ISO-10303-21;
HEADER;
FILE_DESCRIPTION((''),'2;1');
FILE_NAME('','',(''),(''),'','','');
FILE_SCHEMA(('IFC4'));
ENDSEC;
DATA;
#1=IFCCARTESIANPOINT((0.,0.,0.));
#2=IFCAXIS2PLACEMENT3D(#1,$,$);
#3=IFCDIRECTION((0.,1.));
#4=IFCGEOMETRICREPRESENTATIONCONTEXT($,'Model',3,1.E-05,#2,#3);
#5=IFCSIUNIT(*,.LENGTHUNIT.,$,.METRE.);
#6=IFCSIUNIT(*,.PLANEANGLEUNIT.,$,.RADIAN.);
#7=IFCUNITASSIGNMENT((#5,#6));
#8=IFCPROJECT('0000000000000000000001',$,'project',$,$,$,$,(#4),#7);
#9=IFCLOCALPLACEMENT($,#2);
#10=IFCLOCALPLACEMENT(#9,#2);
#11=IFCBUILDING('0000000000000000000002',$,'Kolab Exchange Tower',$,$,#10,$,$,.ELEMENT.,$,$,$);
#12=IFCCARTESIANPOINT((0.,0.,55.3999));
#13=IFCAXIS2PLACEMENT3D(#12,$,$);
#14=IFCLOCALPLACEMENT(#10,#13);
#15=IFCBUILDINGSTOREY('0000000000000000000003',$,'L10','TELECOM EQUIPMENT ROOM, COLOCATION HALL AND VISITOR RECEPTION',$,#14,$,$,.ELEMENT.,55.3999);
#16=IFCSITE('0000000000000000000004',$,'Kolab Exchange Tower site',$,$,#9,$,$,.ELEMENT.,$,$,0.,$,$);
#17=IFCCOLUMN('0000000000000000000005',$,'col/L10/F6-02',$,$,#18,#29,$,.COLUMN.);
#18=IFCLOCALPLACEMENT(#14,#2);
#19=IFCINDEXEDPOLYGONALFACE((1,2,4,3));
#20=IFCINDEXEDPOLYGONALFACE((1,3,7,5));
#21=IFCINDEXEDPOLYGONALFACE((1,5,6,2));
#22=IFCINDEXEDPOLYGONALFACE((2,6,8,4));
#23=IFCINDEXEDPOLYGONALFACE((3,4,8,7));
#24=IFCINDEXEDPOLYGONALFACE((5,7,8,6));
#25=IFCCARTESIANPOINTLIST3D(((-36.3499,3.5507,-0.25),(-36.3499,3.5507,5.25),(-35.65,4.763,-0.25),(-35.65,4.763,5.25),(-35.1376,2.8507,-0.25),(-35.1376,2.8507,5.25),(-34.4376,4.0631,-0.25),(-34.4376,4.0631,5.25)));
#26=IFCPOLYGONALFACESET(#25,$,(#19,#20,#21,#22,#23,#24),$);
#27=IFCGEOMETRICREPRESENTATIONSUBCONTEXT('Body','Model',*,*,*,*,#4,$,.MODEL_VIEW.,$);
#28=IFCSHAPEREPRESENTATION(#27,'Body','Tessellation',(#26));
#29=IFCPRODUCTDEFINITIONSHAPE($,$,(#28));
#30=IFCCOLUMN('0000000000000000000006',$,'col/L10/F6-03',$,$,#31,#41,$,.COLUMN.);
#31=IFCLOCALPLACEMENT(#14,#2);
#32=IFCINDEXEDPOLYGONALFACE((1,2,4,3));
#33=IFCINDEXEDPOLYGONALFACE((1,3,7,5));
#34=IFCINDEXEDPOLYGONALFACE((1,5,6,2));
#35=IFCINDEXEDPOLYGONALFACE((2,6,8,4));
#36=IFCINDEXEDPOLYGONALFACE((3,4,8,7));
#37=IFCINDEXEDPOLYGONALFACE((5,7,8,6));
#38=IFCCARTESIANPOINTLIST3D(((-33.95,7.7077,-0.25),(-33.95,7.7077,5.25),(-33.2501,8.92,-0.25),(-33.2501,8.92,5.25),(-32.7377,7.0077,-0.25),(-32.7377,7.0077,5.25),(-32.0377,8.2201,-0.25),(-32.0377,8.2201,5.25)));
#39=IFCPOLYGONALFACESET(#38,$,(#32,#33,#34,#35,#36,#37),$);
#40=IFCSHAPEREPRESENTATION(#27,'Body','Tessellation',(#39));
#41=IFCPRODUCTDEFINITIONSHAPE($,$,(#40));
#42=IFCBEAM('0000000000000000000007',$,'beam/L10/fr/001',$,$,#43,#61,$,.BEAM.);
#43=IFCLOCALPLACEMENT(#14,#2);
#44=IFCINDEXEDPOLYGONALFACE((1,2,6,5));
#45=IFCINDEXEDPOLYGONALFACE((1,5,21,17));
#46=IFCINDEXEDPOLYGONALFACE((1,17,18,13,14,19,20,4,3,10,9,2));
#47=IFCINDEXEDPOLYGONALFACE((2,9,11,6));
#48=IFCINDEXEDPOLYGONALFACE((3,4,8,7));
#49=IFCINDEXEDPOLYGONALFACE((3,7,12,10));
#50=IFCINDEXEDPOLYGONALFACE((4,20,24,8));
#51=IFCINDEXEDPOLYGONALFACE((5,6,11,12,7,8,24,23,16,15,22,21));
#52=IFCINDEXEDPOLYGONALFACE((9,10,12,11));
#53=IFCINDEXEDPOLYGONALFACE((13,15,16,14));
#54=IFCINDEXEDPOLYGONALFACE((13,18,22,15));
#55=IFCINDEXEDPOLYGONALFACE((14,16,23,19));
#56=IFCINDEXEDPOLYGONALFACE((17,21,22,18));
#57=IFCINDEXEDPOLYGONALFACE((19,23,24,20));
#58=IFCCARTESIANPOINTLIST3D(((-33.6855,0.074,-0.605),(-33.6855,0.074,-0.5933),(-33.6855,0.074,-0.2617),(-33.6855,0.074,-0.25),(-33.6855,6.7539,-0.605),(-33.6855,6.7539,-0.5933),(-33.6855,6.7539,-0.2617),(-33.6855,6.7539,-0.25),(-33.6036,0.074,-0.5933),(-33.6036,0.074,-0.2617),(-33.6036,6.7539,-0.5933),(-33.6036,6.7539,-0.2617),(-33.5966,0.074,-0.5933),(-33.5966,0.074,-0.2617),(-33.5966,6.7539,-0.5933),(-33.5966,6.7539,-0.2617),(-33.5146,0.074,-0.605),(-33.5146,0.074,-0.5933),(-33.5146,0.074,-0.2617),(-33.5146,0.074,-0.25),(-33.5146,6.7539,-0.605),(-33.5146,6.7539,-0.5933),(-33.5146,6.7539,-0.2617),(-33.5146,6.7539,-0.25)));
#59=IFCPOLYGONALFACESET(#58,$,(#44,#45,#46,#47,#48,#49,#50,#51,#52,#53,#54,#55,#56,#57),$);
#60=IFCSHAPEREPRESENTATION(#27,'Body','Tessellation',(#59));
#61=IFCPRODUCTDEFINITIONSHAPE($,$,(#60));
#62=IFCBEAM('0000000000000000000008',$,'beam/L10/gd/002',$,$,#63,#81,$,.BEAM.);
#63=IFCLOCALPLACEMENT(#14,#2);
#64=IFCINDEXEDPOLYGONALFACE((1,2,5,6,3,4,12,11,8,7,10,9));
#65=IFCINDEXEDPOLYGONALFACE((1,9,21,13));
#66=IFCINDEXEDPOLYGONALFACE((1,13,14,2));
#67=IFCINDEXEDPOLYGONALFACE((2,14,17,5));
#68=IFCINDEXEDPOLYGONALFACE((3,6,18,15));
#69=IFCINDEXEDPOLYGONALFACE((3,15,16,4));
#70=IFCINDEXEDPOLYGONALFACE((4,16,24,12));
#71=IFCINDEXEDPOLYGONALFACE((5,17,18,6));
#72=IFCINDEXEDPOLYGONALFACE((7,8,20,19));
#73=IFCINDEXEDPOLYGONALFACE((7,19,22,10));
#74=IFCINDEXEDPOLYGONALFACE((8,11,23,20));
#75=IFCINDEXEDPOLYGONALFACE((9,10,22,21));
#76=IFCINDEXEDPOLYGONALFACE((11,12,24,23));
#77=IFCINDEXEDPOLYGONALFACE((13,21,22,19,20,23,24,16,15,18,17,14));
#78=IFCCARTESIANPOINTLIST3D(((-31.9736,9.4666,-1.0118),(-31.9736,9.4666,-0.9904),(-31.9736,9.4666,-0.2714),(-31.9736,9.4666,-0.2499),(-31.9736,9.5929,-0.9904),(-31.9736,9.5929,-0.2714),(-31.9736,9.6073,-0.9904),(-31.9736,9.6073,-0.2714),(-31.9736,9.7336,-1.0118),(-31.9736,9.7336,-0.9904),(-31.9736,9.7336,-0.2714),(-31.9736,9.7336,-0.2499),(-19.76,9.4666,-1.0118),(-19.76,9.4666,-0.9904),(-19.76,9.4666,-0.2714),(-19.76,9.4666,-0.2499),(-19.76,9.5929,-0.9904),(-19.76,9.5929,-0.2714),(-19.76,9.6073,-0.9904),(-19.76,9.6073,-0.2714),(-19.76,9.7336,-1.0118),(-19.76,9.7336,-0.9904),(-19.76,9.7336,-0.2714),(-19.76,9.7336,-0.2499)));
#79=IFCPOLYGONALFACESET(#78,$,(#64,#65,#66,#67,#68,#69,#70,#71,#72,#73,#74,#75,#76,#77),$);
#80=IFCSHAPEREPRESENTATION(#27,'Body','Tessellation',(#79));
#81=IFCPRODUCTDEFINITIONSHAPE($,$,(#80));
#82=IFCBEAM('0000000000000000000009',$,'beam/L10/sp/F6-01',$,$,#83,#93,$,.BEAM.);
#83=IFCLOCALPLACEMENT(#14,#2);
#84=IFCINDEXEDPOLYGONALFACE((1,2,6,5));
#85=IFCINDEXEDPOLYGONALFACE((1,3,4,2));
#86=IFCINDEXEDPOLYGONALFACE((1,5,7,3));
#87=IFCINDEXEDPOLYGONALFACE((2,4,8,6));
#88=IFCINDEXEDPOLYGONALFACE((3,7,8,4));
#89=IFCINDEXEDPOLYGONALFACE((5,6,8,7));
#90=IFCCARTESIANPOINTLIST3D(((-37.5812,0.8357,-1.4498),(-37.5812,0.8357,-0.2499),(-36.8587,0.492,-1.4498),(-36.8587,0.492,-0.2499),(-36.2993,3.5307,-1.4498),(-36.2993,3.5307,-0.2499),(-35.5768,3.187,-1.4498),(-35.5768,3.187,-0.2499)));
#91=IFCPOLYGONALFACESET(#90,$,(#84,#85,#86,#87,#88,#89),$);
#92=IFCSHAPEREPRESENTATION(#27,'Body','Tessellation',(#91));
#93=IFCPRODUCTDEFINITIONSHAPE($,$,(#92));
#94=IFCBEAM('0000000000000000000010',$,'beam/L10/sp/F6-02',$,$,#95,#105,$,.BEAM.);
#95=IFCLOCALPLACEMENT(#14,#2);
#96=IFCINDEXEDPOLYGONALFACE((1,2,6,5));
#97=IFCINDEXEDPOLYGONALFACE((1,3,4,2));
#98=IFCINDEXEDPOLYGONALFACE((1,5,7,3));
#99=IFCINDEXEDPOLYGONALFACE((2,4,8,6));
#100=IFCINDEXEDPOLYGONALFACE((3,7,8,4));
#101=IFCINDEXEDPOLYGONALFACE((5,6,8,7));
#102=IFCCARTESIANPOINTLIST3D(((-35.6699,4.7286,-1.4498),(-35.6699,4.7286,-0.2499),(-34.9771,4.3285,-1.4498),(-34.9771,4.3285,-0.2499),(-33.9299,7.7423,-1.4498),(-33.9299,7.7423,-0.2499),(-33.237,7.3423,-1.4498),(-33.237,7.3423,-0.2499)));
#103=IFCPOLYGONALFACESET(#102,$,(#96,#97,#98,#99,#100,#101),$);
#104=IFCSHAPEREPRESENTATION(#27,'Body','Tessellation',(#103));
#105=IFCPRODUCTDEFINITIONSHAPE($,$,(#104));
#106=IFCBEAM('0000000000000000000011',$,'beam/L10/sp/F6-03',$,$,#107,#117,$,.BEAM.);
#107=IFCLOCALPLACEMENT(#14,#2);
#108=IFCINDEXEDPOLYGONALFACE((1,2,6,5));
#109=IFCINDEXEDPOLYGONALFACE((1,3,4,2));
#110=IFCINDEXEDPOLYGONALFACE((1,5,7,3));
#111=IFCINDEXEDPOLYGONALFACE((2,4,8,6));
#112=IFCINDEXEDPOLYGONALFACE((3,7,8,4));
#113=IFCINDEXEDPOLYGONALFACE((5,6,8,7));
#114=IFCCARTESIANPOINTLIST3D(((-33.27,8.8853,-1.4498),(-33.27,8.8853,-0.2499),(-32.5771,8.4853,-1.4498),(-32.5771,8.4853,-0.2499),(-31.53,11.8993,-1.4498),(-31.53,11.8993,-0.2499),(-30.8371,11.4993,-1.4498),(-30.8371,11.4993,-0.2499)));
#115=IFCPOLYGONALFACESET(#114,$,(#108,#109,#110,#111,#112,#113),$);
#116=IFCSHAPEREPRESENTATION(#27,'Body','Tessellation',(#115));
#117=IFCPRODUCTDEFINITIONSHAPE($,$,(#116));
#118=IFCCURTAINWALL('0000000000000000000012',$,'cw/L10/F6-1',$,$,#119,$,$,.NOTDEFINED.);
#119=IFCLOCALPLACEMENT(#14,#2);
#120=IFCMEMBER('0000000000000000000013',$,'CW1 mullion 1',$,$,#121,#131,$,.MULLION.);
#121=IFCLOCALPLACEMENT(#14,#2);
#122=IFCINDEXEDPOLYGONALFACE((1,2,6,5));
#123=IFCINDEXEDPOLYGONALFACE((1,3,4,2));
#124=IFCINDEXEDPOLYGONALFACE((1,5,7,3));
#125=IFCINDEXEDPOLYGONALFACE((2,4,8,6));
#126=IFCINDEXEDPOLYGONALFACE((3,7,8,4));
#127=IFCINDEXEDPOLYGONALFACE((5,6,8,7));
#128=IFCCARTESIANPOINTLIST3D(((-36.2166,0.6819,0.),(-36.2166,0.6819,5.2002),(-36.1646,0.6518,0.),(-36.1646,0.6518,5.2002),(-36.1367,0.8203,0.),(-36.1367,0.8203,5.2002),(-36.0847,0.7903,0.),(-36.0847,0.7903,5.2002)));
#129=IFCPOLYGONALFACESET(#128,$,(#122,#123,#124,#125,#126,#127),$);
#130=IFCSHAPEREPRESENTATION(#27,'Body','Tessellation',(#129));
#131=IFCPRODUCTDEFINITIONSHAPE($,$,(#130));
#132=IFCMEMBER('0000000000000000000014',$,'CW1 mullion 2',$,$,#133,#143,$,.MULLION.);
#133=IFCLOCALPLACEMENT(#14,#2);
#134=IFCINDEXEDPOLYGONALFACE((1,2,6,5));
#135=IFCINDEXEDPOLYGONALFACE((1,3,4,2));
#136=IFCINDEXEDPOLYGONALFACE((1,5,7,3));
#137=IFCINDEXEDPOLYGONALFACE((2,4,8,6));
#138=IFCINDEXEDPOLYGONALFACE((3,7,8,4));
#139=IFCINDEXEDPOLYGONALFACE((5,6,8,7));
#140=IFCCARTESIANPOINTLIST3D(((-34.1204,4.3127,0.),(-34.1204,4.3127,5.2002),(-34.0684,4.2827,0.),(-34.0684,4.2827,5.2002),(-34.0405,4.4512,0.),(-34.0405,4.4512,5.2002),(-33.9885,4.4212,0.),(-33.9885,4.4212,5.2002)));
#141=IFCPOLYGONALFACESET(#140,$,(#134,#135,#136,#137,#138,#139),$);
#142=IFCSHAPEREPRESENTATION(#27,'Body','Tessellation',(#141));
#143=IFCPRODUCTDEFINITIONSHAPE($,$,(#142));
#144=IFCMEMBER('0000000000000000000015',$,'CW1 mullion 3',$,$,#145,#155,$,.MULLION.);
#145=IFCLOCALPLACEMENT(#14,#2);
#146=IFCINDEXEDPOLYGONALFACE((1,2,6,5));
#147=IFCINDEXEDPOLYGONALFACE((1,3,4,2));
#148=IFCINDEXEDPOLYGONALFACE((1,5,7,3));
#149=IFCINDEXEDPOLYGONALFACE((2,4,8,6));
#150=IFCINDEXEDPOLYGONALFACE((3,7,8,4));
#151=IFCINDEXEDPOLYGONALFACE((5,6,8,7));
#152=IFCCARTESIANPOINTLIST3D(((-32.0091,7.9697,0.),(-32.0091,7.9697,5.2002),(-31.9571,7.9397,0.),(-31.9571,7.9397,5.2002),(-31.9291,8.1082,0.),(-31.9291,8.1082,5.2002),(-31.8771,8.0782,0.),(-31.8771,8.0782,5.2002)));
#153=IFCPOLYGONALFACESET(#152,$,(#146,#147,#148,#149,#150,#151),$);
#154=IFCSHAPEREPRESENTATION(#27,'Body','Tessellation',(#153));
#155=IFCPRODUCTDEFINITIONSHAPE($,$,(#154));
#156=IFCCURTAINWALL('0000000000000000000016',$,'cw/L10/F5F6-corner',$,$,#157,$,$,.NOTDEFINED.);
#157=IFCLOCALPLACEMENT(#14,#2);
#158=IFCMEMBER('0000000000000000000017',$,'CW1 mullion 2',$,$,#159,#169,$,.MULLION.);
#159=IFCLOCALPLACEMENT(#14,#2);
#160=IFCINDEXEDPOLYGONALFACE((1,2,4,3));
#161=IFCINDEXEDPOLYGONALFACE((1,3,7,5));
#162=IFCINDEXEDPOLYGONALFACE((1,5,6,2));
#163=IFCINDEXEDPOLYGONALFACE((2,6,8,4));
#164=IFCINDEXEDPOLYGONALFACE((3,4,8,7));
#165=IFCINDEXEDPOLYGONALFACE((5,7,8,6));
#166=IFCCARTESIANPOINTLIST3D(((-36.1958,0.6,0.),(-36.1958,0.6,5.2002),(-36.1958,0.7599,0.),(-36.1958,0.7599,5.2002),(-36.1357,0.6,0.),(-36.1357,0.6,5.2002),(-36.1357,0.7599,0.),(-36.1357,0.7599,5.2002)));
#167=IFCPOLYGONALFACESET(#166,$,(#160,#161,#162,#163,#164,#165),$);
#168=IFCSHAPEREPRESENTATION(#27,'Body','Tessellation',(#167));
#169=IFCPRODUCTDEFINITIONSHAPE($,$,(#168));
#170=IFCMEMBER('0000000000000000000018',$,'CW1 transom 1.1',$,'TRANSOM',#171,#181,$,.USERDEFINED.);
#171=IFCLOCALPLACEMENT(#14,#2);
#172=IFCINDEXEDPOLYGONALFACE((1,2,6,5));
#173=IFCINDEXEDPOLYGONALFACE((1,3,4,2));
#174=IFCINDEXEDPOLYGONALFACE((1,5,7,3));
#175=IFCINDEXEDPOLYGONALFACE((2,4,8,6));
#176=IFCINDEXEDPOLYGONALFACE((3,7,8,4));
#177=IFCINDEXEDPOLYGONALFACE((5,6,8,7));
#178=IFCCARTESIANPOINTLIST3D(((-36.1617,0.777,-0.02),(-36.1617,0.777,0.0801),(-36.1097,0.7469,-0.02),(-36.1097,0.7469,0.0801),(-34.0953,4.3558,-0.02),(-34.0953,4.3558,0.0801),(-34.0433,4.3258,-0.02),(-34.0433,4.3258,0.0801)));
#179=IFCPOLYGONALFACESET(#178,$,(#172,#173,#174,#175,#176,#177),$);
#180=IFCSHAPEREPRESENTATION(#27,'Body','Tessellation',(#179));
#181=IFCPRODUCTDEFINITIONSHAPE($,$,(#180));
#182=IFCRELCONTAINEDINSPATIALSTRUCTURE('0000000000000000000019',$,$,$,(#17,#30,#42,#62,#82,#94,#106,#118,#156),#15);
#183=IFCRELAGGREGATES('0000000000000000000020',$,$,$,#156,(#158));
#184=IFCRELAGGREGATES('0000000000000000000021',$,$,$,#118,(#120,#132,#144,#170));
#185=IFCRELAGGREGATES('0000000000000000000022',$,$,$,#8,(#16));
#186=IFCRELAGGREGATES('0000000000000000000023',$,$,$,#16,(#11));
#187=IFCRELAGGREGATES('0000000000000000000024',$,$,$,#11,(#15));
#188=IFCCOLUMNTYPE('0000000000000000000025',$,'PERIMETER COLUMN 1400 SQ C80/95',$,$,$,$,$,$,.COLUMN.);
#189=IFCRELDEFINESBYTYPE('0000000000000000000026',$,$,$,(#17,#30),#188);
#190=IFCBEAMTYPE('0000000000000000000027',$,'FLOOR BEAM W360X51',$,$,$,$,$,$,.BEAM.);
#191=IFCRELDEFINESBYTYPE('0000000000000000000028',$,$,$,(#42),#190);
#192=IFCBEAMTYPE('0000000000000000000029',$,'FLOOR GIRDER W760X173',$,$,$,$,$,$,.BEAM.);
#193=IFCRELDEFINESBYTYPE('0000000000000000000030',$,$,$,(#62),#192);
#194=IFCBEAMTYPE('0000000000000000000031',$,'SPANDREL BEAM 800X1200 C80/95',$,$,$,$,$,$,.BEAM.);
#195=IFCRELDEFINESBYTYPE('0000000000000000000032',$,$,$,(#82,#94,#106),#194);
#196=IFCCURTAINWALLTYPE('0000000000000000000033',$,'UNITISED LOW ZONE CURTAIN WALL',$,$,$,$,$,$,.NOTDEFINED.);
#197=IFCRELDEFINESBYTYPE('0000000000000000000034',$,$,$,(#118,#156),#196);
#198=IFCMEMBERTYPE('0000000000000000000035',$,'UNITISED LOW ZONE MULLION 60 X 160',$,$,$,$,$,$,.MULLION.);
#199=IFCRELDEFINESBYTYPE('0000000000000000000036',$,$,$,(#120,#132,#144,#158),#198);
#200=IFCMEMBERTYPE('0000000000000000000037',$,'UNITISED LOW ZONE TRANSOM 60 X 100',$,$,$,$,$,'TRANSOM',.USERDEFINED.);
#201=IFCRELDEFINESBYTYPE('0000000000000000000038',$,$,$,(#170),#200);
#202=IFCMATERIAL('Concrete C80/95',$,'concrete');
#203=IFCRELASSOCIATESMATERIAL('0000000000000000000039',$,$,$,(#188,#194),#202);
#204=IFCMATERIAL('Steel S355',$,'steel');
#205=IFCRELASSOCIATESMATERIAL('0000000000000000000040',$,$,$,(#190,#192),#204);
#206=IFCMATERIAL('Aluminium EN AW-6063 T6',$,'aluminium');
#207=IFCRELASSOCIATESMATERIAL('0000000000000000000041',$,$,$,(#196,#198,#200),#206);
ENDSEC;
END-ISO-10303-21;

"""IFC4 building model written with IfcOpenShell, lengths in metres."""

from ifc_helpers import new_model, si_unit, direction, frame, origin, origin_2d, place, context, subcontext, project, spatial, rectangle, i_section, extrude, material, material_profile, profile_set, type_object, element, aggregate, save


model = new_model("IFC4")

# Units and contexts
model_context = context("Model", 3, precision=1e-05, world=origin(), true_north=direction((0.0, 1.0)))
body_context = subcontext(model_context, "Body", "Model", "MODEL_VIEW")
ifc_project = project(units=[si_unit("LENGTHUNIT", "METRE"), si_unit("PLANEANGLEUNIT", "RADIAN")], contexts=[model_context])

# Site, building, storey
site_placement = place(None, origin())
site = spatial("IfcSite", under=ifc_project, at=site_placement, Name="Kolab Exchange Tower site", CompositionType="ELEMENT", RefElevation=0.0)
building_placement = place(site_placement, origin())
building = spatial("IfcBuilding", under=site, at=building_placement, Name="Kolab Exchange Tower", CompositionType="ELEMENT")
storey_placement = place(building_placement, frame((0.0, 0.0, 55.3999)))
storey = spatial("IfcBuildingStorey", under=building, at=storey_placement, Name="L10", Description="TELECOM EQUIPMENT ROOM, COLOCATION HALL AND VISITOR RECEPTION", CompositionType="ELEMENT", Elevation=55.3999)

# Columns
ifc_material_1 = material(Name="Concrete C80/95", Category="concrete")
ifc_material_profile_1 = material_profile(ifc_material_1, rectangle(XDim=1.3999, YDim=1.3999, at=origin_2d()), Name="RC1400")
ifc_profile_set_1 = profile_set([ifc_material_profile_1], Name="Concrete C80/95")
column_type = type_object("IfcColumnType", Name="PERIMETER COLUMN 1400 SQ C80/95", PredefinedType="COLUMN", material=ifc_profile_set_1)
for number, where, z_axis, x_axis, name in (
    (1, (-35.3938, 3.8069, -0.25), (0.0, 0.0, 1.0), (0.5, 0.866025, 0.0), "col/L10/F6-02"),
    (2, (-32.9939, 7.9639, -0.25), (0.0, 0.0, 1.0), (0.5, 0.866025, 0.0), "col/L10/F6-03"),
):
    element("IfcColumn", number, at=place(storey_placement, frame(where, z_axis=z_axis, x_axis=x_axis)), inside=storey, type_object=column_type, Name=name, PredefinedType="COLUMN", context=body_context, shape_type="SweptSolid", body=[
        extrude(rectangle(XDim=1.3999, YDim=1.3999, at=origin_2d()), origin(), (0.0, 0.0, 1.0), 5.5),
    ])

# Beams
ifc_material_2 = material(Name="Steel S355", Category="steel")
ifc_material_profile_2 = material_profile(ifc_material_2, i_section(OverallWidth=0.1709, OverallDepth=0.355, WebThickness=0.0071, FlangeThickness=0.0117, at=origin_2d()), Name="W360X51")
ifc_profile_set_2 = profile_set([ifc_material_profile_2], Name="Steel S355")
beam_type_1 = type_object("IfcBeamType", Name="FLOOR BEAM W360X51", PredefinedType="BEAM", material=ifc_profile_set_2)
beam_1_placement = place(storey_placement, frame((-33.6001, 0.074, -0.4275), z_axis=(0.0, 1.0, 0.0), x_axis=(-1.0, 0.0, 0.0)))
element("IfcBeam", 3, at=beam_1_placement, inside=storey, type_object=beam_type_1, Name="beam/L10/fr/001", PredefinedType="BEAM", context=body_context, shape_type="SweptSolid", body=[
    extrude(i_section(OverallWidth=0.1709, OverallDepth=0.355, WebThickness=0.0071, FlangeThickness=0.0117, at=origin_2d()), origin(), (0.0, 0.0, 1.0), 6.6799),
])
ifc_material_profile_3 = material_profile(ifc_material_2, i_section(OverallWidth=0.2671, OverallDepth=0.762, WebThickness=0.0144, FlangeThickness=0.0215, at=origin_2d()), Name="W760X173")
ifc_profile_set_3 = profile_set([ifc_material_profile_3], Name="Steel S355")
beam_type_2 = type_object("IfcBeamType", Name="FLOOR GIRDER W760X173", PredefinedType="BEAM", material=ifc_profile_set_3)
beam_2_placement = place(storey_placement, frame((-31.9736, 9.6001, -0.6309), z_axis=(1.0, 0.0, 0.0), x_axis=(0.0, 1.0, 0.0)))
element("IfcBeam", 4, at=beam_2_placement, inside=storey, type_object=beam_type_2, Name="beam/L10/gd/002", PredefinedType="BEAM", context=body_context, shape_type="SweptSolid", body=[
    extrude(i_section(OverallWidth=0.2671, OverallDepth=0.762, WebThickness=0.0144, FlangeThickness=0.0215, at=origin_2d()), origin(), (0.0, 0.0, 1.0), 12.2136),
])
ifc_material_profile_4 = material_profile(ifc_material_1, rectangle(XDim=0.8, YDim=1.2, at=origin_2d()), Name="RC800X1200")
ifc_profile_set_4 = profile_set([ifc_material_profile_4], Name="Concrete C80/95")
beam_type_3 = type_object("IfcBeamType", Name="SPANDREL BEAM 800X1200 C80/95", PredefinedType="BEAM", material=ifc_profile_set_4)
beam_3_placement = place(storey_placement, frame((-37.22, 0.6638, -0.8499), z_axis=(0.429556, 0.90304, 0.0), x_axis=(-0.90304, 0.429556, 0.0)))
element("IfcBeam", 5, at=beam_3_placement, inside=storey, type_object=beam_type_3, Name="beam/L10/sp/F6-01", PredefinedType="BEAM", context=body_context, shape_type="SweptSolid", body=[
    extrude(rectangle(XDim=0.8, YDim=1.2, at=origin_2d()), origin(), (0.0, 0.0, 1.0), 2.9844),
])
beam_4_placement = place(storey_placement, frame((-35.3235, 4.5286, -0.8499), z_axis=(0.50001, 0.86602, 0.0), x_axis=(-0.86602, 0.50001, 0.0)))
element("IfcBeam", 6, at=beam_4_placement, inside=storey, type_object=beam_type_3, Name="beam/L10/sp/F6-02", PredefinedType="BEAM", context=body_context, shape_type="SweptSolid", body=[
    extrude(rectangle(XDim=0.8, YDim=1.2, at=origin_2d()), origin(), (0.0, 0.0, 1.0), 3.48),
])
beam_5_placement = place(storey_placement, frame((-32.9236, 8.6853, -0.8499), z_axis=(0.49998, 0.866037, 0.0), x_axis=(-0.866037, 0.49998, 0.0)))
element("IfcBeam", 7, at=beam_5_placement, inside=storey, type_object=beam_type_3, Name="beam/L10/sp/F6-03", PredefinedType="BEAM", context=body_context, shape_type="SweptSolid", body=[
    extrude(rectangle(XDim=0.8, YDim=1.2, at=origin_2d()), origin(), (0.0, 0.0, 1.0), 3.4802),
])

# Curtain wall, members
ifc_material_3 = material(Name="Aluminium EN AW-6063 T6", Category="aluminium")
curtain_wall_type = type_object("IfcCurtainWallType", Name="UNITISED LOW ZONE CURTAIN WALL", PredefinedType="NOTDEFINED", material=ifc_material_3)
curtain_wall_1_placement = place(storey_placement, origin())
curtain_wall_1 = element("IfcCurtainWall", 8, at=curtain_wall_1_placement, inside=storey, type_object=curtain_wall_type, Name="cw/L10/F6-1", PredefinedType="NOTDEFINED")
ifc_material_profile_5 = material_profile(ifc_material_3, rectangle(XDim=0.0601, YDim=0.1599, at=origin_2d()), Name="RECT 60X160")
ifc_profile_set_5 = profile_set([ifc_material_profile_5], Name="Aluminium EN AW-6063 T6")
member_type_1 = type_object("IfcMemberType", Name="UNITISED LOW ZONE MULLION 60 X 160", PredefinedType="MULLION", material=ifc_profile_set_5)
member_1_placement = place(storey_placement, frame((-36.1506, 0.7361, 0.0), z_axis=(0.0, 0.0, 1.0), x_axis=(-0.866025, 0.5, 0.0)))
member_1 = element("IfcMember", 9, at=member_1_placement, type_object=member_type_1, Name="CW1 mullion 1", PredefinedType="MULLION", context=body_context, shape_type="SweptSolid", body=[
    extrude(rectangle(XDim=0.0601, YDim=0.1599, at=origin_2d()), origin(), (0.0, 0.0, 1.0), 5.2002),
])
member_2_placement = place(storey_placement, frame((-34.0544, 4.3669, 0.0), z_axis=(0.0, 0.0, 1.0), x_axis=(-0.866025, 0.5, 0.0)))
member_2 = element("IfcMember", 10, at=member_2_placement, type_object=member_type_1, Name="CW1 mullion 2", PredefinedType="MULLION", context=body_context, shape_type="SweptSolid", body=[
    extrude(rectangle(XDim=0.0601, YDim=0.1599, at=origin_2d()), origin(), (0.0, 0.0, 1.0), 5.2002),
])
member_3_placement = place(storey_placement, frame((-31.9431, 8.0239, 0.0), z_axis=(0.0, 0.0, 1.0), x_axis=(-0.866025, 0.5, 0.0)))
member_3 = element("IfcMember", 11, at=member_3_placement, type_object=member_type_1, Name="CW1 mullion 3", PredefinedType="MULLION", context=body_context, shape_type="SweptSolid", body=[
    extrude(rectangle(XDim=0.0601, YDim=0.1599, at=origin_2d()), origin(), (0.0, 0.0, 1.0), 5.2002),
])

# Curtain wall, member
curtain_wall_2_placement = place(storey_placement, origin())
curtain_wall_2 = element("IfcCurtainWall", 12, at=curtain_wall_2_placement, inside=storey, type_object=curtain_wall_type, Name="cw/L10/F5F6-corner", PredefinedType="NOTDEFINED")
member_4_placement = place(storey_placement, frame((-36.1658, 0.6799, 0.0), z_axis=(0.0, 0.0, 1.0), x_axis=(-1.0, 0.0, 0.0)))
member_4 = element("IfcMember", 13, at=member_4_placement, type_object=member_type_1, Name="CW1 mullion 2", PredefinedType="MULLION", context=body_context, shape_type="SweptSolid", body=[
    extrude(rectangle(XDim=0.0601, YDim=0.1599, at=origin_2d()), origin(), (0.0, 0.0, 1.0), 5.2002),
])
aggregate(curtain_wall_2, [member_4])

# Member
ifc_material_profile_6 = material_profile(ifc_material_3, rectangle(XDim=0.0601, YDim=0.1001, at=origin_2d()), Name="RECT 60X100")
ifc_profile_set_6 = profile_set([ifc_material_profile_6], Name="Aluminium EN AW-6063 T6")
member_type_2 = type_object("IfcMemberType", Name="UNITISED LOW ZONE TRANSOM 60 X 100", ElementType="TRANSOM", PredefinedType="USERDEFINED", material=ifc_profile_set_6)
member_5_placement = place(storey_placement, frame((-36.1357, 0.762, 0.03), z_axis=(0.500028, 0.866009, 0.0), x_axis=(-0.866009, 0.500028, 0.0)))
member_5 = element("IfcMember", 14, at=member_5_placement, type_object=member_type_2, Name="CW1 transom 1.1", ObjectType="TRANSOM", PredefinedType="USERDEFINED", context=body_context, shape_type="SweptSolid", body=[
    extrude(rectangle(XDim=0.0601, YDim=0.1001, at=origin_2d()), origin(), (0.0, 0.0, 1.0), 4.1326),
])

aggregate(curtain_wall_1, [member_1, member_2, member_3, member_5])

save(model, "model.ifc")
